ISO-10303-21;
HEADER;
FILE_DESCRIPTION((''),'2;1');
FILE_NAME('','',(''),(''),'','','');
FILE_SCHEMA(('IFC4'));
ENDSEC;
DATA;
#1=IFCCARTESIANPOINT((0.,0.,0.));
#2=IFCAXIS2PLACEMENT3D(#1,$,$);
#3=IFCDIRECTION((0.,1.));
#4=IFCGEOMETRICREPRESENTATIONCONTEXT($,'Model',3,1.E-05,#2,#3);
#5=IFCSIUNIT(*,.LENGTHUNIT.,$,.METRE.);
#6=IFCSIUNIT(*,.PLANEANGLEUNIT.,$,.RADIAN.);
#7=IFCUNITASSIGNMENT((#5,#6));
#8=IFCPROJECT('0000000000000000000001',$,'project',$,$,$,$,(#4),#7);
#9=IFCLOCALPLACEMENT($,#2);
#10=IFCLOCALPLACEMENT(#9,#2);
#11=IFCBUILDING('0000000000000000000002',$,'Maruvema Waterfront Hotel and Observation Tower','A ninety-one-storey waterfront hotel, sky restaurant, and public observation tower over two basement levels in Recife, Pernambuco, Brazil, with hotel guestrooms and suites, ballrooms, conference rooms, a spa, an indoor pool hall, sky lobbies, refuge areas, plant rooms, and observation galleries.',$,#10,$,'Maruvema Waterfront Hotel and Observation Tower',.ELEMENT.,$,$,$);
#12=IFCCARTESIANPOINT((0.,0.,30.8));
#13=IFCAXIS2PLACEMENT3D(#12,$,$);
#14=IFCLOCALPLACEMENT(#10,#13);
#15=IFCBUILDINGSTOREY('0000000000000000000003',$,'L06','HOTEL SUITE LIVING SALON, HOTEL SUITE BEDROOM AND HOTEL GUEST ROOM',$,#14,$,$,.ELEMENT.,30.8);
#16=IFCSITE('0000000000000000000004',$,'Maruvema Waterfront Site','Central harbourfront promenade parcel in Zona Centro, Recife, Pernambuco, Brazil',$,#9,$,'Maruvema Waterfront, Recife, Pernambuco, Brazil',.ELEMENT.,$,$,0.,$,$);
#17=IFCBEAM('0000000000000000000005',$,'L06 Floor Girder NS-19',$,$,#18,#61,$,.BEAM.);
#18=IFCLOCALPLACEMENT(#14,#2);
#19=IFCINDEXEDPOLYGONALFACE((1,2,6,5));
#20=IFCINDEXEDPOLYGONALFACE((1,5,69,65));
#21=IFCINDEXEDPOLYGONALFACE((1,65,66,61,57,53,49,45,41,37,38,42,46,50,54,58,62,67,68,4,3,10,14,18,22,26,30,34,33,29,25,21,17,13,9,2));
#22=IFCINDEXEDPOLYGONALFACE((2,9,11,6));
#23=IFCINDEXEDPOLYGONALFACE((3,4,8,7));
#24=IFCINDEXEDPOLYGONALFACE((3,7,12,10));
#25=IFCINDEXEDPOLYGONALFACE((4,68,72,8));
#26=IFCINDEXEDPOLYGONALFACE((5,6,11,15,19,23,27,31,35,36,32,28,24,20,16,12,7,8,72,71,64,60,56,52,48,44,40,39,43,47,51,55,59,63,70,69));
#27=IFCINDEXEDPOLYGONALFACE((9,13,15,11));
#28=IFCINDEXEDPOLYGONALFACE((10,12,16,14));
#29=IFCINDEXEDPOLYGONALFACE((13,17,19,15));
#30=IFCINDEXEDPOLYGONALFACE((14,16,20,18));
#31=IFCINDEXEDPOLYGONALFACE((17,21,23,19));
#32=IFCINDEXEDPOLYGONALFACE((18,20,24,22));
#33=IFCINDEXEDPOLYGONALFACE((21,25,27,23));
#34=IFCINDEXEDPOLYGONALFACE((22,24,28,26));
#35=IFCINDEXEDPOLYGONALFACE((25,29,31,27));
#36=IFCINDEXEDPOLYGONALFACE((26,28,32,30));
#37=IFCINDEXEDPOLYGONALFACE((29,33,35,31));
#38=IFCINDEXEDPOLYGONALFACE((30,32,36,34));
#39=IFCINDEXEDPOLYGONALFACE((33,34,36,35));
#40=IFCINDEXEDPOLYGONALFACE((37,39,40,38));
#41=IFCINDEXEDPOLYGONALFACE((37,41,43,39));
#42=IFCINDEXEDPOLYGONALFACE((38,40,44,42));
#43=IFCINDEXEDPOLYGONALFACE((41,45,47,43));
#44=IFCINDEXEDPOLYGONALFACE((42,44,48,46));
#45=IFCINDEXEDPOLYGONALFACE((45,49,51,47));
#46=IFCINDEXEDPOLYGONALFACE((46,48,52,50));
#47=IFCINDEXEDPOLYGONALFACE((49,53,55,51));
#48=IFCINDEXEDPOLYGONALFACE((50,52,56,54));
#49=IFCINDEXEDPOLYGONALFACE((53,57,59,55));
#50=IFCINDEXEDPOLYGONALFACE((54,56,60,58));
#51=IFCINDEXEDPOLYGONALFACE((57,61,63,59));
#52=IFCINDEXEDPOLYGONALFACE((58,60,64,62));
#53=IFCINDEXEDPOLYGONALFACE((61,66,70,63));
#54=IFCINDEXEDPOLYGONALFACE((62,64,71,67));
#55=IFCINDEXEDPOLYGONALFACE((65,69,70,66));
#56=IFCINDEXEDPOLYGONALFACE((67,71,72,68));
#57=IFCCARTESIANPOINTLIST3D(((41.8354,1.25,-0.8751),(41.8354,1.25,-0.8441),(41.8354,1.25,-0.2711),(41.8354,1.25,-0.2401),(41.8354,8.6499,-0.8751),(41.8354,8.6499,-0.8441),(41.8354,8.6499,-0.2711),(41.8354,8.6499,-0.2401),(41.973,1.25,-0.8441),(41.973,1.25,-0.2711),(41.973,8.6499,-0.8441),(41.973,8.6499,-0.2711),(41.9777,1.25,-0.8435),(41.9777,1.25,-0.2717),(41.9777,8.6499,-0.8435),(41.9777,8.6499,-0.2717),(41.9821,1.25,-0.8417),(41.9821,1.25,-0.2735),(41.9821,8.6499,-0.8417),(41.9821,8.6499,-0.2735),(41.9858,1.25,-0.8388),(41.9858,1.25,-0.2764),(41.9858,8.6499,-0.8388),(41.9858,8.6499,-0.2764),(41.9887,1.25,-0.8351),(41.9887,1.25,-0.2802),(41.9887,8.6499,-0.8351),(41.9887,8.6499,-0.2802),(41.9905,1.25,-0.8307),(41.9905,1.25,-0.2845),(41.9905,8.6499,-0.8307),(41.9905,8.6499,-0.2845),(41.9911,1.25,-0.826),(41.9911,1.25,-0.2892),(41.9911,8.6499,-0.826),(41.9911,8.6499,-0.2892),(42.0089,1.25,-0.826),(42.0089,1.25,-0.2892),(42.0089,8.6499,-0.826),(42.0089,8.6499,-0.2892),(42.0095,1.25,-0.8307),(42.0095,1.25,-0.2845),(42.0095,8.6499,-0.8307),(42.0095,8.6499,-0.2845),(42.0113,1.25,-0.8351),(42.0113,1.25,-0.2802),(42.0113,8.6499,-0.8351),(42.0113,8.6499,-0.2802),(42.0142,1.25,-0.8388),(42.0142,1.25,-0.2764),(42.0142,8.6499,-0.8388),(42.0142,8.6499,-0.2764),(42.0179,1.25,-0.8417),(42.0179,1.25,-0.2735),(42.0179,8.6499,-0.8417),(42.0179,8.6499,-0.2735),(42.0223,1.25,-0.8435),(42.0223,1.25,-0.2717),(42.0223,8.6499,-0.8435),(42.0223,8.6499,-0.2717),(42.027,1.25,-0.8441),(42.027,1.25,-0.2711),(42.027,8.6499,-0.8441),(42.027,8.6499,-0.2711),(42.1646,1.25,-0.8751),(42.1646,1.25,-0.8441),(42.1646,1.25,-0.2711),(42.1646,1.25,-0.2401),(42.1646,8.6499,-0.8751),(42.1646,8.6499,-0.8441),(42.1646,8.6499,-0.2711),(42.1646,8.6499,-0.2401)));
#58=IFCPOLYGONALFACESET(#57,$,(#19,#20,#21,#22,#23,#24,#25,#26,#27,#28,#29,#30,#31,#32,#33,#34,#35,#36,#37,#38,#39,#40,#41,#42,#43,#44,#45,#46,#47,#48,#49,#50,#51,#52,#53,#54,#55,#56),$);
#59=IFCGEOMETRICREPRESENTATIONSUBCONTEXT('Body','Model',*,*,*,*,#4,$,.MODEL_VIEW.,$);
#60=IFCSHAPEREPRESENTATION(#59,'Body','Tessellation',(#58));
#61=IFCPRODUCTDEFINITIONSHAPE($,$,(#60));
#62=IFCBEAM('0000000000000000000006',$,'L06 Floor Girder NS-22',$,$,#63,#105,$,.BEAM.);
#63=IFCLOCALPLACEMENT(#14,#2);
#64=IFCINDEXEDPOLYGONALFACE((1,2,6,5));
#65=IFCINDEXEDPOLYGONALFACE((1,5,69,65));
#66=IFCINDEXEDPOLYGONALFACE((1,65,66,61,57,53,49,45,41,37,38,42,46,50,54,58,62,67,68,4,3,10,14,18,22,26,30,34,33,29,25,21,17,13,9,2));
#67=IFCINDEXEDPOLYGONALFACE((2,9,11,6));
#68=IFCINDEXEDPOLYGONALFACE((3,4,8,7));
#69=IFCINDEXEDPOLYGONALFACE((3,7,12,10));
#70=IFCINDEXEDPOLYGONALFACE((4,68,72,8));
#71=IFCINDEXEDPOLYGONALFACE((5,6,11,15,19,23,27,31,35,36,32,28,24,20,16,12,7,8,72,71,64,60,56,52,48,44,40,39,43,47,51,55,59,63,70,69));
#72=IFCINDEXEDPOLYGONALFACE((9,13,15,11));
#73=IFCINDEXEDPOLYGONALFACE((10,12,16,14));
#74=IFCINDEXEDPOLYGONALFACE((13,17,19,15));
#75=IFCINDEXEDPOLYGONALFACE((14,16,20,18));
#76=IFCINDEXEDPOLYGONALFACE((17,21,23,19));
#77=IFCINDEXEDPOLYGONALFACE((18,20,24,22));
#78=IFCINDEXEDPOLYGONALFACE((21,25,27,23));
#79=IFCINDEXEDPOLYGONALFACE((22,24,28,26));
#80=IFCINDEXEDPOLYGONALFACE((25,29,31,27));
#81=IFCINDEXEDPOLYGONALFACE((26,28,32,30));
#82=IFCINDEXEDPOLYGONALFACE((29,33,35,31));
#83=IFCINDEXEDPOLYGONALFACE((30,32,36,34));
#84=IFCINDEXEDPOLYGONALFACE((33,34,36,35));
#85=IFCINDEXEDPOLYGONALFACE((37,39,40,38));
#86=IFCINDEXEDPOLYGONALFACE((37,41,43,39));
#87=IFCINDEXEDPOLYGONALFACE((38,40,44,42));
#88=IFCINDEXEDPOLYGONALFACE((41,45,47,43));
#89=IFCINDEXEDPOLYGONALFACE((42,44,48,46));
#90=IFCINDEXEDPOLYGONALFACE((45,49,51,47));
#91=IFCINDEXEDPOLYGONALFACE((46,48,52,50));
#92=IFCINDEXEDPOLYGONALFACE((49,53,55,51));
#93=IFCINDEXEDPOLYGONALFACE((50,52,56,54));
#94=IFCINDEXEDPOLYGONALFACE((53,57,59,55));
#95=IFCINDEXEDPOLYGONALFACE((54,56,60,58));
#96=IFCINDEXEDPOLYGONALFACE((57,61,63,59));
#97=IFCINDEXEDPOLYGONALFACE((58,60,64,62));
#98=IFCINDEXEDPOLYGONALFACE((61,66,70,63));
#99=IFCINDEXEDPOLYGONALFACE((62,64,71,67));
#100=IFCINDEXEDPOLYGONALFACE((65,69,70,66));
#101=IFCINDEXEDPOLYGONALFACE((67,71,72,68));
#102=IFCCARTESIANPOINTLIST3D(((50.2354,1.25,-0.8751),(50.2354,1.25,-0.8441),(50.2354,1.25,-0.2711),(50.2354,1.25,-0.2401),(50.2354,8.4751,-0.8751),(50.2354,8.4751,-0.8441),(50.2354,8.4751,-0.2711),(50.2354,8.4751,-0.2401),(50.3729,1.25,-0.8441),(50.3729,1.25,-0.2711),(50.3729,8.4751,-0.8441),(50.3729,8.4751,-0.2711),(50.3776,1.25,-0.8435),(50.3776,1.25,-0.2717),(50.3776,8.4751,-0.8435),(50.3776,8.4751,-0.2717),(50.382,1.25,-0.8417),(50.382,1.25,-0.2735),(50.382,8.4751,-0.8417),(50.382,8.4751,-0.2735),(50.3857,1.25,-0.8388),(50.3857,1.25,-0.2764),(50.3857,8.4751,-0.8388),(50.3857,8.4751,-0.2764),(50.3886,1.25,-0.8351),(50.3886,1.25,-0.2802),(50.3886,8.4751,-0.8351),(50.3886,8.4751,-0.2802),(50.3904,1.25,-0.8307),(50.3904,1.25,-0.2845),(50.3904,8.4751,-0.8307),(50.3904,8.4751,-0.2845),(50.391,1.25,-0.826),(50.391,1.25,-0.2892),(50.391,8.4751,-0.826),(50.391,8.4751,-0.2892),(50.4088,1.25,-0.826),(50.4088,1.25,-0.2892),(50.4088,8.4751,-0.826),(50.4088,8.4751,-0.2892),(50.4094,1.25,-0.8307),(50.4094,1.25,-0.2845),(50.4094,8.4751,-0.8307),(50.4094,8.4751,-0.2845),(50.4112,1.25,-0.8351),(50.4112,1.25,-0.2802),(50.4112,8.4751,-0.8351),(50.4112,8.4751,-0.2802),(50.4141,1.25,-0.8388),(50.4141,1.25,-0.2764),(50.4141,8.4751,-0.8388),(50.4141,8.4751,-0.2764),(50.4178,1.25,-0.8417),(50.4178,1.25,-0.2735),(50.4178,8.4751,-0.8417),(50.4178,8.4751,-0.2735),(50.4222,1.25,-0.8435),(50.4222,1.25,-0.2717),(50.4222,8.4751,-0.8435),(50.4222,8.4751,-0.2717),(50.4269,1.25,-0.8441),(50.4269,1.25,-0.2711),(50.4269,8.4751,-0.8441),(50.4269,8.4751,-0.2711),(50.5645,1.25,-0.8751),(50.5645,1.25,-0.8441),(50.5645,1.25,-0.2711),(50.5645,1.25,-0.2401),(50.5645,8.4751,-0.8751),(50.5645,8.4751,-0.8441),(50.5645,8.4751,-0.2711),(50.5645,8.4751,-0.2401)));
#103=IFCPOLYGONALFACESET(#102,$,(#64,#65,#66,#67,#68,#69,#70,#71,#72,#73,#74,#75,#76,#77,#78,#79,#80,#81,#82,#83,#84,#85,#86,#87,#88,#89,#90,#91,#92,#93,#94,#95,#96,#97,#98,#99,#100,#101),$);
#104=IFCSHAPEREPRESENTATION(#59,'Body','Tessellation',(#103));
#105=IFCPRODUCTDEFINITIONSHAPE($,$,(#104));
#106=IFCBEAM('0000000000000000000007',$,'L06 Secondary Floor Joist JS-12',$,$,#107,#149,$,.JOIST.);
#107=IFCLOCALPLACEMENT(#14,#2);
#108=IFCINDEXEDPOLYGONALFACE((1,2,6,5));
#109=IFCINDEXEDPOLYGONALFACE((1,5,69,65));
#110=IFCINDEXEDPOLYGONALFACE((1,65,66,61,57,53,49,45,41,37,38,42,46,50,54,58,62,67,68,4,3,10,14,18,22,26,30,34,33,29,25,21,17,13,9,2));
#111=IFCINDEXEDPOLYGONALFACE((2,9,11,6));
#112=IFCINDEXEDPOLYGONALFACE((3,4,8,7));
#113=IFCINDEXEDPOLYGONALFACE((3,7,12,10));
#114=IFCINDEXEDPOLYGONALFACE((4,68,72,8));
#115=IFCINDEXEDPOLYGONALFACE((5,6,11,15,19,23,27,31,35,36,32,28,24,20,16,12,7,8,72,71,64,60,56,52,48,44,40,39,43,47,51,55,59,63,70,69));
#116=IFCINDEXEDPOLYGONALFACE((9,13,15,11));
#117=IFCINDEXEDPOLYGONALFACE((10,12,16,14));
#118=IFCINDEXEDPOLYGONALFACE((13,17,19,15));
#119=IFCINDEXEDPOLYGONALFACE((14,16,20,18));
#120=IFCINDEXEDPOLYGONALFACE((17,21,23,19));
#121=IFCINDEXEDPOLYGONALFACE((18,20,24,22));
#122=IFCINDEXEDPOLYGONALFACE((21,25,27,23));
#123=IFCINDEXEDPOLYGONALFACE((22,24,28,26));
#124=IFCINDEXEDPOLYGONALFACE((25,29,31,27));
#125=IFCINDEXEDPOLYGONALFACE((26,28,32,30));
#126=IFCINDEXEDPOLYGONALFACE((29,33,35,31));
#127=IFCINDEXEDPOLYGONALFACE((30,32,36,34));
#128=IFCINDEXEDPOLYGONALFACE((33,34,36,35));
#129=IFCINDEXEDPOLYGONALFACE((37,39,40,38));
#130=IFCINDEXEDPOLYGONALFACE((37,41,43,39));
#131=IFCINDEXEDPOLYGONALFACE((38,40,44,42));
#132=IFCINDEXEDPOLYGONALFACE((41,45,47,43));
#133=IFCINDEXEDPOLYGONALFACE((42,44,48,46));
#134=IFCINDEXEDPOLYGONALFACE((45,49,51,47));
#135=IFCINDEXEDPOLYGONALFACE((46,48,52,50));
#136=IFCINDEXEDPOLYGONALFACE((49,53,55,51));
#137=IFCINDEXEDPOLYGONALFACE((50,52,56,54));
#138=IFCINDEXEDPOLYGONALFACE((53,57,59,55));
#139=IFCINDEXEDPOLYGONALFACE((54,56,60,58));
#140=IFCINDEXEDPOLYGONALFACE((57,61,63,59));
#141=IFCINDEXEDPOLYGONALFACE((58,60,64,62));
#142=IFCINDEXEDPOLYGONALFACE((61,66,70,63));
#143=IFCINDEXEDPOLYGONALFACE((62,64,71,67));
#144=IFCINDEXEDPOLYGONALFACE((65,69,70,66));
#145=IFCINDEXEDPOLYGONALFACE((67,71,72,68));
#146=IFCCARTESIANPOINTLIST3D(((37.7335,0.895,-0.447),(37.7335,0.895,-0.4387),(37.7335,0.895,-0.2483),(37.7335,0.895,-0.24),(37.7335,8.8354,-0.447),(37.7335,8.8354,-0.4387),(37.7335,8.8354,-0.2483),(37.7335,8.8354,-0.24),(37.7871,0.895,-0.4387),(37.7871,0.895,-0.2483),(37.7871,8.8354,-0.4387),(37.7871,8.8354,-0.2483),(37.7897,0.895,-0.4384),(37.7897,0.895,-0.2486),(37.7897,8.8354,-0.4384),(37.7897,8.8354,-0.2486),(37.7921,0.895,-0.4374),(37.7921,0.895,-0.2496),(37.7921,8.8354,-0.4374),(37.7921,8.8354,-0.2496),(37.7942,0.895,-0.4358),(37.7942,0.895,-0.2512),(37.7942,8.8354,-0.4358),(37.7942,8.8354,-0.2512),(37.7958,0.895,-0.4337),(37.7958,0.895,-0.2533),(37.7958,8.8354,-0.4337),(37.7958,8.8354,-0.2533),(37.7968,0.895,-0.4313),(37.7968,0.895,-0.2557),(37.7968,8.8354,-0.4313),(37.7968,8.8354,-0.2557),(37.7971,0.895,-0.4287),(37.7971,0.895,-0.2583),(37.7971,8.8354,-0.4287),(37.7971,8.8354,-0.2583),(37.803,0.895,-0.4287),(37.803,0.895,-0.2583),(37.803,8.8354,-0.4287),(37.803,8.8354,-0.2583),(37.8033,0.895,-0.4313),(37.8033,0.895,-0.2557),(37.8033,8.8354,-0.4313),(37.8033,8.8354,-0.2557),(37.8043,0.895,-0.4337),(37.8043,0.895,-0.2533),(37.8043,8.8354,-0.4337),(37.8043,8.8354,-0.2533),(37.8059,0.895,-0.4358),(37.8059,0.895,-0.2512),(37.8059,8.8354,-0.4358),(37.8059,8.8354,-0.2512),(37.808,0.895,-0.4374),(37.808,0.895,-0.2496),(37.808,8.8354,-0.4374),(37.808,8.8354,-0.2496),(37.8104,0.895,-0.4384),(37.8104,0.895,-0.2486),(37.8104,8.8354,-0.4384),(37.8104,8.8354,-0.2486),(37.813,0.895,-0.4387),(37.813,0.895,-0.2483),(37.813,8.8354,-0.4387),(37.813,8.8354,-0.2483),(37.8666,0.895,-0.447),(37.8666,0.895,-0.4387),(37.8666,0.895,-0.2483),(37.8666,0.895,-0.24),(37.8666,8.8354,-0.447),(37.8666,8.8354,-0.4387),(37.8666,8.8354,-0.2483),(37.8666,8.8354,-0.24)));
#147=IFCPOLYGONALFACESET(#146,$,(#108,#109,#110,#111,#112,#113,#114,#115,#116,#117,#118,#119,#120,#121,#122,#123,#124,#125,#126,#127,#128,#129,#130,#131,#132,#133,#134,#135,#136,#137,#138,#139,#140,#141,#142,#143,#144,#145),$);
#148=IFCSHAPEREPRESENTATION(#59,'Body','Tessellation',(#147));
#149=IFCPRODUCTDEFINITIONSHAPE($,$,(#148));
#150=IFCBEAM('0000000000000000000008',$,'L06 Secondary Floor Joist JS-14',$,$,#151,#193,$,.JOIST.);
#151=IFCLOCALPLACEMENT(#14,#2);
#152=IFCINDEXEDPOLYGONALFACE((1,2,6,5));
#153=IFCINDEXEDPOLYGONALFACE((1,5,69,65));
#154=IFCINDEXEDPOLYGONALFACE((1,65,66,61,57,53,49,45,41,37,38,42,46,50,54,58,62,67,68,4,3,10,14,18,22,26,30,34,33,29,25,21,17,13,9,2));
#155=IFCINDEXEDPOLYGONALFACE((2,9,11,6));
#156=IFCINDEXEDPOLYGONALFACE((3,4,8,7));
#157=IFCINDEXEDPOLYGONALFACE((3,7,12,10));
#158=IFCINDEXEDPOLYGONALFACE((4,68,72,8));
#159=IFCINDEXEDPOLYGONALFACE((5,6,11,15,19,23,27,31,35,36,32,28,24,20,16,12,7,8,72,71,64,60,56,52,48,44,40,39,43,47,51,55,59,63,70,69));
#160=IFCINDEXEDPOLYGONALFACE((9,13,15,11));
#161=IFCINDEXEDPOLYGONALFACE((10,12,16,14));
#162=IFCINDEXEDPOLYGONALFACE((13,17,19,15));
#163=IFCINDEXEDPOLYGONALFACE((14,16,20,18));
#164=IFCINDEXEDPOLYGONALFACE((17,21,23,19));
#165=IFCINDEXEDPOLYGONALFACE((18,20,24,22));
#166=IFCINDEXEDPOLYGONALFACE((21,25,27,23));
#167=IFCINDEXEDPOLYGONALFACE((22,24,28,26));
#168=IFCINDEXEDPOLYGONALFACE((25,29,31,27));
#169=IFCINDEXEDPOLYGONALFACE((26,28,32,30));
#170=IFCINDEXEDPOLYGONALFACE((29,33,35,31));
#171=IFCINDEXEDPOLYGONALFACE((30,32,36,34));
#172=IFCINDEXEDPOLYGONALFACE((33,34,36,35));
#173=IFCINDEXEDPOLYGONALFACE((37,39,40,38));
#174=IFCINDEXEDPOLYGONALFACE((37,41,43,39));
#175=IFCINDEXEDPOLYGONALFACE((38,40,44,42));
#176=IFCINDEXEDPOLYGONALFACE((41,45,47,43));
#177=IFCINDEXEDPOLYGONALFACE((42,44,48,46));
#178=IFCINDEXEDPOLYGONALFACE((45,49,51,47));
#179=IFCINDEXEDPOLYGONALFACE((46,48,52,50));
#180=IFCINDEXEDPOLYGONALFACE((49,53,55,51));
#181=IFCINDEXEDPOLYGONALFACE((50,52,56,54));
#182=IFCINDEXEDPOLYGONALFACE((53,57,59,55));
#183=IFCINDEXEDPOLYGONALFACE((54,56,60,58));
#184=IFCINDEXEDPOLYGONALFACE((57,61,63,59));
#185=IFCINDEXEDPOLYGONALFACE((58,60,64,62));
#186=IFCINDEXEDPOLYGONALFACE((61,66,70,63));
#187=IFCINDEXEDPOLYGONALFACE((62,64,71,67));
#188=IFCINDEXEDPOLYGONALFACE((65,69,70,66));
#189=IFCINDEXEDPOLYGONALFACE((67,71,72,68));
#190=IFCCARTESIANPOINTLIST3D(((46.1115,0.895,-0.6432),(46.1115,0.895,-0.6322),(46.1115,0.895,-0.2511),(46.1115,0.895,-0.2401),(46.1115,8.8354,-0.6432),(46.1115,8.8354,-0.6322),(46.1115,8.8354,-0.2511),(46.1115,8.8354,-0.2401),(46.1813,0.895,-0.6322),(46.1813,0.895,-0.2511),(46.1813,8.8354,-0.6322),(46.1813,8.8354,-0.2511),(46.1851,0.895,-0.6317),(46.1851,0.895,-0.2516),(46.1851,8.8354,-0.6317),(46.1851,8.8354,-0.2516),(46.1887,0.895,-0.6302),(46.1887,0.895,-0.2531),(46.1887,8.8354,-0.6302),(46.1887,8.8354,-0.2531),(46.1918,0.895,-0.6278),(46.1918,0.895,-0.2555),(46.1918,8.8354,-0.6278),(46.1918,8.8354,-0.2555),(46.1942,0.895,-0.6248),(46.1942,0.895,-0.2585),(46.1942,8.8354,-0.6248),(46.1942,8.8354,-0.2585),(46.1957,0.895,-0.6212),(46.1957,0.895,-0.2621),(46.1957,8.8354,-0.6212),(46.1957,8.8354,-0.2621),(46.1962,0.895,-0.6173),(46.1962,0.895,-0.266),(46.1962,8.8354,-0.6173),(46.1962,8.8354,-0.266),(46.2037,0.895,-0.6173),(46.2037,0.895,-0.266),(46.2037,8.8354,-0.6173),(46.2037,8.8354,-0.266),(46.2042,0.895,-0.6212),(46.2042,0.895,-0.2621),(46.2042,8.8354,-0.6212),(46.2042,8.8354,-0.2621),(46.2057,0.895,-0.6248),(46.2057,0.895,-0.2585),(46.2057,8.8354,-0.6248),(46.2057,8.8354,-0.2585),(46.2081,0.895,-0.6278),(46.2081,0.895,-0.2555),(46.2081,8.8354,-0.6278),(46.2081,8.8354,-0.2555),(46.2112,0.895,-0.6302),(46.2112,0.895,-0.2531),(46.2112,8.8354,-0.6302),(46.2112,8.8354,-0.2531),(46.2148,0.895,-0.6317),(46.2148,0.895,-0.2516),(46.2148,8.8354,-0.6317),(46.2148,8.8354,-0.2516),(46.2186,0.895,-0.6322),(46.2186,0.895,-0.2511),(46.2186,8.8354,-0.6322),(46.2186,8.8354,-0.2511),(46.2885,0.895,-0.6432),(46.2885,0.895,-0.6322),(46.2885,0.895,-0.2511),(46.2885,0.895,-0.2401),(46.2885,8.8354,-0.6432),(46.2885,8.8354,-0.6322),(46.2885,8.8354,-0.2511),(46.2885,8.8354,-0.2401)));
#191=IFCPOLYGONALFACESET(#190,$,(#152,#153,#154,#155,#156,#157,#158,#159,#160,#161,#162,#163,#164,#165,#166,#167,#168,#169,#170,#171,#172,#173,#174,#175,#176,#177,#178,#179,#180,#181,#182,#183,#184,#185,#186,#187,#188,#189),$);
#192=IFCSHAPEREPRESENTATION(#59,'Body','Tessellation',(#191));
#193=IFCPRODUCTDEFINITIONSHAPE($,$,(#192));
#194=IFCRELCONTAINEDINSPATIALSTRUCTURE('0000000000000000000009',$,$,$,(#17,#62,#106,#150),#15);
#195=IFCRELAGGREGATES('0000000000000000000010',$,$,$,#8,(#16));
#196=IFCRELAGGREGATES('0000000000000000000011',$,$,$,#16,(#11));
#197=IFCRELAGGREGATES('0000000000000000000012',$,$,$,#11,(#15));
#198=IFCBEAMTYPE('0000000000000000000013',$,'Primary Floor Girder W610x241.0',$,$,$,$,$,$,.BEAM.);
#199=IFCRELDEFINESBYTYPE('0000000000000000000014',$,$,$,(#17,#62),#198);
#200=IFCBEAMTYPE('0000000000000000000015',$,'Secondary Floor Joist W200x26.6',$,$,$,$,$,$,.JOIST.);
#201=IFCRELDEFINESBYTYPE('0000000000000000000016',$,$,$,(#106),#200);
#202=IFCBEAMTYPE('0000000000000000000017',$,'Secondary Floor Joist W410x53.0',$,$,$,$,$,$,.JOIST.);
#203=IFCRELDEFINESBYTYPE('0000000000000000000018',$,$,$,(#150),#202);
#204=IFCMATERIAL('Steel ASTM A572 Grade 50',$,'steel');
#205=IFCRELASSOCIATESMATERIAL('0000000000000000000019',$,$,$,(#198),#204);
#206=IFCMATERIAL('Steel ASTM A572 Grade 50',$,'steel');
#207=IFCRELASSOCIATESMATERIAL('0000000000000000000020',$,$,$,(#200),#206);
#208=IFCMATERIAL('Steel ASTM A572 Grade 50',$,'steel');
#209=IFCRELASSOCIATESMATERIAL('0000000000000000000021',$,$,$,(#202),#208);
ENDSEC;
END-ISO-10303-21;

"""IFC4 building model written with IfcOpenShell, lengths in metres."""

from ifc_helpers import new_model, si_unit, direction, frame, origin, origin_2d, place, context, subcontext, project, spatial, i_section, extrude, material, material_profile, profile_set, type_object, element, save


model = new_model("IFC4")

# Units and contexts
model_context = context("Model", 3, precision=1e-05, world=origin(), true_north=direction((0.0, 1.0)))
body_context = subcontext(model_context, "Body", "Model", "MODEL_VIEW")
ifc_project = project(units=[si_unit("LENGTHUNIT", "METRE"), si_unit("PLANEANGLEUNIT", "RADIAN")], contexts=[model_context])

# Site, building, storey
site_placement = place(None, origin())
site = spatial("IfcSite", under=ifc_project, at=site_placement, Name="Maruvema Waterfront Site", Description="Central harbourfront promenade parcel in Zona Centro, Recife, Pernambuco, Brazil", LongName="Maruvema Waterfront, Recife, Pernambuco, Brazil", CompositionType="ELEMENT", RefElevation=0.0)
building_placement = place(site_placement, origin())
building = spatial("IfcBuilding", under=site, at=building_placement, Name="Maruvema Waterfront Hotel and Observation Tower", Description="A ninety-one-storey waterfront hotel, sky restaurant, and public observation tower over two basement levels in Recife, Pernambuco, Brazil, with hotel guestrooms and suites, ballrooms, conference rooms, a spa, an indoor pool hall, sky lobbies, refuge areas, plant rooms, and observation galleries.", LongName="Maruvema Waterfront Hotel and Observation Tower", CompositionType="ELEMENT")
storey_placement = place(building_placement, frame((0.0, 0.0, 30.8)))
storey = spatial("IfcBuildingStorey", under=building, at=storey_placement, Name="L06", Description="HOTEL SUITE LIVING SALON, HOTEL SUITE BEDROOM AND HOTEL GUEST ROOM", CompositionType="ELEMENT", Elevation=30.8)

# Beams
ifc_material_1 = material(Name="Steel ASTM A572 Grade 50", Category="steel")
ifc_material_profile_1 = material_profile(ifc_material_1, i_section(OverallWidth=0.3291, OverallDepth=0.635, WebThickness=0.0178, FlangeThickness=0.031, FilletRadius=0.0181, at=origin_2d()), Name="W610x241.0")
ifc_profile_set_1 = profile_set([ifc_material_profile_1], Name="Steel ASTM A572 Grade 50")
beam_type_1 = type_object("IfcBeamType", Name="Primary Floor Girder W610x241.0", PredefinedType="BEAM", material=ifc_profile_set_1)
beam_1_placement = place(storey_placement, frame((42.0, 1.25, -0.5576), z_axis=(0.0, 1.0, 0.0), x_axis=(-1.0, 0.0, 0.0)))
element("IfcBeam", 1, at=beam_1_placement, inside=storey, type_object=beam_type_1, Name="L06 Floor Girder NS-19", PredefinedType="BEAM", context=body_context, shape_type="SweptSolid", body=[
    extrude(i_section(OverallWidth=0.3291, OverallDepth=0.635, WebThickness=0.0178, FlangeThickness=0.031, FilletRadius=0.0181, at=origin_2d()), origin(), (0.0, 0.0, 1.0), 7.3999),
])
beam_2_placement = place(storey_placement, frame((50.3999, 1.25, -0.5576), z_axis=(0.0, 1.0, 0.0), x_axis=(-1.0, 0.0, 0.0)))
element("IfcBeam", 2, at=beam_2_placement, inside=storey, type_object=beam_type_1, Name="L06 Floor Girder NS-22", PredefinedType="BEAM", context=body_context, shape_type="SweptSolid", body=[
    extrude(i_section(OverallWidth=0.3291, OverallDepth=0.635, WebThickness=0.0178, FlangeThickness=0.031, FilletRadius=0.0181, at=origin_2d()), origin(), (0.0, 0.0, 1.0), 7.2251),
])
ifc_material_2 = material(Name="Steel ASTM A572 Grade 50", Category="steel")
ifc_material_profile_2 = material_profile(ifc_material_2, i_section(OverallWidth=0.1331, OverallDepth=0.207, WebThickness=0.0059, FlangeThickness=0.0083, FilletRadius=0.01, at=origin_2d()), Name="W200x26.6")
ifc_profile_set_2 = profile_set([ifc_material_profile_2], Name="Steel ASTM A572 Grade 50")
beam_type_2 = type_object("IfcBeamType", Name="Secondary Floor Joist W200x26.6", PredefinedType="JOIST", material=ifc_profile_set_2)
beam_3_placement = place(storey_placement, frame((37.8, 0.895, -0.3435), z_axis=(0.0, 1.0, 0.0), x_axis=(-1.0, 0.0, 0.0)))
element("IfcBeam", 3, at=beam_3_placement, inside=storey, type_object=beam_type_2, Name="L06 Secondary Floor Joist JS-12", PredefinedType="JOIST", context=body_context, shape_type="SweptSolid", body=[
    extrude(i_section(OverallWidth=0.1331, OverallDepth=0.207, WebThickness=0.0059, FlangeThickness=0.0083, FilletRadius=0.01, at=origin_2d()), origin(), (0.0, 0.0, 1.0), 7.9404),
])
ifc_material_3 = material(Name="Steel ASTM A572 Grade 50", Category="steel")
ifc_material_profile_3 = material_profile(ifc_material_3, i_section(OverallWidth=0.177, OverallDepth=0.4031, WebThickness=0.0076, FlangeThickness=0.011, FilletRadius=0.0149, at=origin_2d()), Name="W410x53.0")
ifc_profile_set_3 = profile_set([ifc_material_profile_3], Name="Steel ASTM A572 Grade 50")
beam_type_3 = type_object("IfcBeamType", Name="Secondary Floor Joist W410x53.0", PredefinedType="JOIST", material=ifc_profile_set_3)
beam_4_placement = place(storey_placement, frame((46.2, 0.895, -0.4417), z_axis=(0.0, 1.0, 0.0), x_axis=(-1.0, 0.0, 0.0)))
element("IfcBeam", 4, at=beam_4_placement, inside=storey, type_object=beam_type_3, Name="L06 Secondary Floor Joist JS-14", PredefinedType="JOIST", context=body_context, shape_type="SweptSolid", body=[
    extrude(i_section(OverallWidth=0.177, OverallDepth=0.4031, WebThickness=0.0076, FlangeThickness=0.011, FilletRadius=0.0149, at=origin_2d()), origin(), (0.0, 0.0, 1.0), 7.9404),
])

save(model, "model.ifc")
